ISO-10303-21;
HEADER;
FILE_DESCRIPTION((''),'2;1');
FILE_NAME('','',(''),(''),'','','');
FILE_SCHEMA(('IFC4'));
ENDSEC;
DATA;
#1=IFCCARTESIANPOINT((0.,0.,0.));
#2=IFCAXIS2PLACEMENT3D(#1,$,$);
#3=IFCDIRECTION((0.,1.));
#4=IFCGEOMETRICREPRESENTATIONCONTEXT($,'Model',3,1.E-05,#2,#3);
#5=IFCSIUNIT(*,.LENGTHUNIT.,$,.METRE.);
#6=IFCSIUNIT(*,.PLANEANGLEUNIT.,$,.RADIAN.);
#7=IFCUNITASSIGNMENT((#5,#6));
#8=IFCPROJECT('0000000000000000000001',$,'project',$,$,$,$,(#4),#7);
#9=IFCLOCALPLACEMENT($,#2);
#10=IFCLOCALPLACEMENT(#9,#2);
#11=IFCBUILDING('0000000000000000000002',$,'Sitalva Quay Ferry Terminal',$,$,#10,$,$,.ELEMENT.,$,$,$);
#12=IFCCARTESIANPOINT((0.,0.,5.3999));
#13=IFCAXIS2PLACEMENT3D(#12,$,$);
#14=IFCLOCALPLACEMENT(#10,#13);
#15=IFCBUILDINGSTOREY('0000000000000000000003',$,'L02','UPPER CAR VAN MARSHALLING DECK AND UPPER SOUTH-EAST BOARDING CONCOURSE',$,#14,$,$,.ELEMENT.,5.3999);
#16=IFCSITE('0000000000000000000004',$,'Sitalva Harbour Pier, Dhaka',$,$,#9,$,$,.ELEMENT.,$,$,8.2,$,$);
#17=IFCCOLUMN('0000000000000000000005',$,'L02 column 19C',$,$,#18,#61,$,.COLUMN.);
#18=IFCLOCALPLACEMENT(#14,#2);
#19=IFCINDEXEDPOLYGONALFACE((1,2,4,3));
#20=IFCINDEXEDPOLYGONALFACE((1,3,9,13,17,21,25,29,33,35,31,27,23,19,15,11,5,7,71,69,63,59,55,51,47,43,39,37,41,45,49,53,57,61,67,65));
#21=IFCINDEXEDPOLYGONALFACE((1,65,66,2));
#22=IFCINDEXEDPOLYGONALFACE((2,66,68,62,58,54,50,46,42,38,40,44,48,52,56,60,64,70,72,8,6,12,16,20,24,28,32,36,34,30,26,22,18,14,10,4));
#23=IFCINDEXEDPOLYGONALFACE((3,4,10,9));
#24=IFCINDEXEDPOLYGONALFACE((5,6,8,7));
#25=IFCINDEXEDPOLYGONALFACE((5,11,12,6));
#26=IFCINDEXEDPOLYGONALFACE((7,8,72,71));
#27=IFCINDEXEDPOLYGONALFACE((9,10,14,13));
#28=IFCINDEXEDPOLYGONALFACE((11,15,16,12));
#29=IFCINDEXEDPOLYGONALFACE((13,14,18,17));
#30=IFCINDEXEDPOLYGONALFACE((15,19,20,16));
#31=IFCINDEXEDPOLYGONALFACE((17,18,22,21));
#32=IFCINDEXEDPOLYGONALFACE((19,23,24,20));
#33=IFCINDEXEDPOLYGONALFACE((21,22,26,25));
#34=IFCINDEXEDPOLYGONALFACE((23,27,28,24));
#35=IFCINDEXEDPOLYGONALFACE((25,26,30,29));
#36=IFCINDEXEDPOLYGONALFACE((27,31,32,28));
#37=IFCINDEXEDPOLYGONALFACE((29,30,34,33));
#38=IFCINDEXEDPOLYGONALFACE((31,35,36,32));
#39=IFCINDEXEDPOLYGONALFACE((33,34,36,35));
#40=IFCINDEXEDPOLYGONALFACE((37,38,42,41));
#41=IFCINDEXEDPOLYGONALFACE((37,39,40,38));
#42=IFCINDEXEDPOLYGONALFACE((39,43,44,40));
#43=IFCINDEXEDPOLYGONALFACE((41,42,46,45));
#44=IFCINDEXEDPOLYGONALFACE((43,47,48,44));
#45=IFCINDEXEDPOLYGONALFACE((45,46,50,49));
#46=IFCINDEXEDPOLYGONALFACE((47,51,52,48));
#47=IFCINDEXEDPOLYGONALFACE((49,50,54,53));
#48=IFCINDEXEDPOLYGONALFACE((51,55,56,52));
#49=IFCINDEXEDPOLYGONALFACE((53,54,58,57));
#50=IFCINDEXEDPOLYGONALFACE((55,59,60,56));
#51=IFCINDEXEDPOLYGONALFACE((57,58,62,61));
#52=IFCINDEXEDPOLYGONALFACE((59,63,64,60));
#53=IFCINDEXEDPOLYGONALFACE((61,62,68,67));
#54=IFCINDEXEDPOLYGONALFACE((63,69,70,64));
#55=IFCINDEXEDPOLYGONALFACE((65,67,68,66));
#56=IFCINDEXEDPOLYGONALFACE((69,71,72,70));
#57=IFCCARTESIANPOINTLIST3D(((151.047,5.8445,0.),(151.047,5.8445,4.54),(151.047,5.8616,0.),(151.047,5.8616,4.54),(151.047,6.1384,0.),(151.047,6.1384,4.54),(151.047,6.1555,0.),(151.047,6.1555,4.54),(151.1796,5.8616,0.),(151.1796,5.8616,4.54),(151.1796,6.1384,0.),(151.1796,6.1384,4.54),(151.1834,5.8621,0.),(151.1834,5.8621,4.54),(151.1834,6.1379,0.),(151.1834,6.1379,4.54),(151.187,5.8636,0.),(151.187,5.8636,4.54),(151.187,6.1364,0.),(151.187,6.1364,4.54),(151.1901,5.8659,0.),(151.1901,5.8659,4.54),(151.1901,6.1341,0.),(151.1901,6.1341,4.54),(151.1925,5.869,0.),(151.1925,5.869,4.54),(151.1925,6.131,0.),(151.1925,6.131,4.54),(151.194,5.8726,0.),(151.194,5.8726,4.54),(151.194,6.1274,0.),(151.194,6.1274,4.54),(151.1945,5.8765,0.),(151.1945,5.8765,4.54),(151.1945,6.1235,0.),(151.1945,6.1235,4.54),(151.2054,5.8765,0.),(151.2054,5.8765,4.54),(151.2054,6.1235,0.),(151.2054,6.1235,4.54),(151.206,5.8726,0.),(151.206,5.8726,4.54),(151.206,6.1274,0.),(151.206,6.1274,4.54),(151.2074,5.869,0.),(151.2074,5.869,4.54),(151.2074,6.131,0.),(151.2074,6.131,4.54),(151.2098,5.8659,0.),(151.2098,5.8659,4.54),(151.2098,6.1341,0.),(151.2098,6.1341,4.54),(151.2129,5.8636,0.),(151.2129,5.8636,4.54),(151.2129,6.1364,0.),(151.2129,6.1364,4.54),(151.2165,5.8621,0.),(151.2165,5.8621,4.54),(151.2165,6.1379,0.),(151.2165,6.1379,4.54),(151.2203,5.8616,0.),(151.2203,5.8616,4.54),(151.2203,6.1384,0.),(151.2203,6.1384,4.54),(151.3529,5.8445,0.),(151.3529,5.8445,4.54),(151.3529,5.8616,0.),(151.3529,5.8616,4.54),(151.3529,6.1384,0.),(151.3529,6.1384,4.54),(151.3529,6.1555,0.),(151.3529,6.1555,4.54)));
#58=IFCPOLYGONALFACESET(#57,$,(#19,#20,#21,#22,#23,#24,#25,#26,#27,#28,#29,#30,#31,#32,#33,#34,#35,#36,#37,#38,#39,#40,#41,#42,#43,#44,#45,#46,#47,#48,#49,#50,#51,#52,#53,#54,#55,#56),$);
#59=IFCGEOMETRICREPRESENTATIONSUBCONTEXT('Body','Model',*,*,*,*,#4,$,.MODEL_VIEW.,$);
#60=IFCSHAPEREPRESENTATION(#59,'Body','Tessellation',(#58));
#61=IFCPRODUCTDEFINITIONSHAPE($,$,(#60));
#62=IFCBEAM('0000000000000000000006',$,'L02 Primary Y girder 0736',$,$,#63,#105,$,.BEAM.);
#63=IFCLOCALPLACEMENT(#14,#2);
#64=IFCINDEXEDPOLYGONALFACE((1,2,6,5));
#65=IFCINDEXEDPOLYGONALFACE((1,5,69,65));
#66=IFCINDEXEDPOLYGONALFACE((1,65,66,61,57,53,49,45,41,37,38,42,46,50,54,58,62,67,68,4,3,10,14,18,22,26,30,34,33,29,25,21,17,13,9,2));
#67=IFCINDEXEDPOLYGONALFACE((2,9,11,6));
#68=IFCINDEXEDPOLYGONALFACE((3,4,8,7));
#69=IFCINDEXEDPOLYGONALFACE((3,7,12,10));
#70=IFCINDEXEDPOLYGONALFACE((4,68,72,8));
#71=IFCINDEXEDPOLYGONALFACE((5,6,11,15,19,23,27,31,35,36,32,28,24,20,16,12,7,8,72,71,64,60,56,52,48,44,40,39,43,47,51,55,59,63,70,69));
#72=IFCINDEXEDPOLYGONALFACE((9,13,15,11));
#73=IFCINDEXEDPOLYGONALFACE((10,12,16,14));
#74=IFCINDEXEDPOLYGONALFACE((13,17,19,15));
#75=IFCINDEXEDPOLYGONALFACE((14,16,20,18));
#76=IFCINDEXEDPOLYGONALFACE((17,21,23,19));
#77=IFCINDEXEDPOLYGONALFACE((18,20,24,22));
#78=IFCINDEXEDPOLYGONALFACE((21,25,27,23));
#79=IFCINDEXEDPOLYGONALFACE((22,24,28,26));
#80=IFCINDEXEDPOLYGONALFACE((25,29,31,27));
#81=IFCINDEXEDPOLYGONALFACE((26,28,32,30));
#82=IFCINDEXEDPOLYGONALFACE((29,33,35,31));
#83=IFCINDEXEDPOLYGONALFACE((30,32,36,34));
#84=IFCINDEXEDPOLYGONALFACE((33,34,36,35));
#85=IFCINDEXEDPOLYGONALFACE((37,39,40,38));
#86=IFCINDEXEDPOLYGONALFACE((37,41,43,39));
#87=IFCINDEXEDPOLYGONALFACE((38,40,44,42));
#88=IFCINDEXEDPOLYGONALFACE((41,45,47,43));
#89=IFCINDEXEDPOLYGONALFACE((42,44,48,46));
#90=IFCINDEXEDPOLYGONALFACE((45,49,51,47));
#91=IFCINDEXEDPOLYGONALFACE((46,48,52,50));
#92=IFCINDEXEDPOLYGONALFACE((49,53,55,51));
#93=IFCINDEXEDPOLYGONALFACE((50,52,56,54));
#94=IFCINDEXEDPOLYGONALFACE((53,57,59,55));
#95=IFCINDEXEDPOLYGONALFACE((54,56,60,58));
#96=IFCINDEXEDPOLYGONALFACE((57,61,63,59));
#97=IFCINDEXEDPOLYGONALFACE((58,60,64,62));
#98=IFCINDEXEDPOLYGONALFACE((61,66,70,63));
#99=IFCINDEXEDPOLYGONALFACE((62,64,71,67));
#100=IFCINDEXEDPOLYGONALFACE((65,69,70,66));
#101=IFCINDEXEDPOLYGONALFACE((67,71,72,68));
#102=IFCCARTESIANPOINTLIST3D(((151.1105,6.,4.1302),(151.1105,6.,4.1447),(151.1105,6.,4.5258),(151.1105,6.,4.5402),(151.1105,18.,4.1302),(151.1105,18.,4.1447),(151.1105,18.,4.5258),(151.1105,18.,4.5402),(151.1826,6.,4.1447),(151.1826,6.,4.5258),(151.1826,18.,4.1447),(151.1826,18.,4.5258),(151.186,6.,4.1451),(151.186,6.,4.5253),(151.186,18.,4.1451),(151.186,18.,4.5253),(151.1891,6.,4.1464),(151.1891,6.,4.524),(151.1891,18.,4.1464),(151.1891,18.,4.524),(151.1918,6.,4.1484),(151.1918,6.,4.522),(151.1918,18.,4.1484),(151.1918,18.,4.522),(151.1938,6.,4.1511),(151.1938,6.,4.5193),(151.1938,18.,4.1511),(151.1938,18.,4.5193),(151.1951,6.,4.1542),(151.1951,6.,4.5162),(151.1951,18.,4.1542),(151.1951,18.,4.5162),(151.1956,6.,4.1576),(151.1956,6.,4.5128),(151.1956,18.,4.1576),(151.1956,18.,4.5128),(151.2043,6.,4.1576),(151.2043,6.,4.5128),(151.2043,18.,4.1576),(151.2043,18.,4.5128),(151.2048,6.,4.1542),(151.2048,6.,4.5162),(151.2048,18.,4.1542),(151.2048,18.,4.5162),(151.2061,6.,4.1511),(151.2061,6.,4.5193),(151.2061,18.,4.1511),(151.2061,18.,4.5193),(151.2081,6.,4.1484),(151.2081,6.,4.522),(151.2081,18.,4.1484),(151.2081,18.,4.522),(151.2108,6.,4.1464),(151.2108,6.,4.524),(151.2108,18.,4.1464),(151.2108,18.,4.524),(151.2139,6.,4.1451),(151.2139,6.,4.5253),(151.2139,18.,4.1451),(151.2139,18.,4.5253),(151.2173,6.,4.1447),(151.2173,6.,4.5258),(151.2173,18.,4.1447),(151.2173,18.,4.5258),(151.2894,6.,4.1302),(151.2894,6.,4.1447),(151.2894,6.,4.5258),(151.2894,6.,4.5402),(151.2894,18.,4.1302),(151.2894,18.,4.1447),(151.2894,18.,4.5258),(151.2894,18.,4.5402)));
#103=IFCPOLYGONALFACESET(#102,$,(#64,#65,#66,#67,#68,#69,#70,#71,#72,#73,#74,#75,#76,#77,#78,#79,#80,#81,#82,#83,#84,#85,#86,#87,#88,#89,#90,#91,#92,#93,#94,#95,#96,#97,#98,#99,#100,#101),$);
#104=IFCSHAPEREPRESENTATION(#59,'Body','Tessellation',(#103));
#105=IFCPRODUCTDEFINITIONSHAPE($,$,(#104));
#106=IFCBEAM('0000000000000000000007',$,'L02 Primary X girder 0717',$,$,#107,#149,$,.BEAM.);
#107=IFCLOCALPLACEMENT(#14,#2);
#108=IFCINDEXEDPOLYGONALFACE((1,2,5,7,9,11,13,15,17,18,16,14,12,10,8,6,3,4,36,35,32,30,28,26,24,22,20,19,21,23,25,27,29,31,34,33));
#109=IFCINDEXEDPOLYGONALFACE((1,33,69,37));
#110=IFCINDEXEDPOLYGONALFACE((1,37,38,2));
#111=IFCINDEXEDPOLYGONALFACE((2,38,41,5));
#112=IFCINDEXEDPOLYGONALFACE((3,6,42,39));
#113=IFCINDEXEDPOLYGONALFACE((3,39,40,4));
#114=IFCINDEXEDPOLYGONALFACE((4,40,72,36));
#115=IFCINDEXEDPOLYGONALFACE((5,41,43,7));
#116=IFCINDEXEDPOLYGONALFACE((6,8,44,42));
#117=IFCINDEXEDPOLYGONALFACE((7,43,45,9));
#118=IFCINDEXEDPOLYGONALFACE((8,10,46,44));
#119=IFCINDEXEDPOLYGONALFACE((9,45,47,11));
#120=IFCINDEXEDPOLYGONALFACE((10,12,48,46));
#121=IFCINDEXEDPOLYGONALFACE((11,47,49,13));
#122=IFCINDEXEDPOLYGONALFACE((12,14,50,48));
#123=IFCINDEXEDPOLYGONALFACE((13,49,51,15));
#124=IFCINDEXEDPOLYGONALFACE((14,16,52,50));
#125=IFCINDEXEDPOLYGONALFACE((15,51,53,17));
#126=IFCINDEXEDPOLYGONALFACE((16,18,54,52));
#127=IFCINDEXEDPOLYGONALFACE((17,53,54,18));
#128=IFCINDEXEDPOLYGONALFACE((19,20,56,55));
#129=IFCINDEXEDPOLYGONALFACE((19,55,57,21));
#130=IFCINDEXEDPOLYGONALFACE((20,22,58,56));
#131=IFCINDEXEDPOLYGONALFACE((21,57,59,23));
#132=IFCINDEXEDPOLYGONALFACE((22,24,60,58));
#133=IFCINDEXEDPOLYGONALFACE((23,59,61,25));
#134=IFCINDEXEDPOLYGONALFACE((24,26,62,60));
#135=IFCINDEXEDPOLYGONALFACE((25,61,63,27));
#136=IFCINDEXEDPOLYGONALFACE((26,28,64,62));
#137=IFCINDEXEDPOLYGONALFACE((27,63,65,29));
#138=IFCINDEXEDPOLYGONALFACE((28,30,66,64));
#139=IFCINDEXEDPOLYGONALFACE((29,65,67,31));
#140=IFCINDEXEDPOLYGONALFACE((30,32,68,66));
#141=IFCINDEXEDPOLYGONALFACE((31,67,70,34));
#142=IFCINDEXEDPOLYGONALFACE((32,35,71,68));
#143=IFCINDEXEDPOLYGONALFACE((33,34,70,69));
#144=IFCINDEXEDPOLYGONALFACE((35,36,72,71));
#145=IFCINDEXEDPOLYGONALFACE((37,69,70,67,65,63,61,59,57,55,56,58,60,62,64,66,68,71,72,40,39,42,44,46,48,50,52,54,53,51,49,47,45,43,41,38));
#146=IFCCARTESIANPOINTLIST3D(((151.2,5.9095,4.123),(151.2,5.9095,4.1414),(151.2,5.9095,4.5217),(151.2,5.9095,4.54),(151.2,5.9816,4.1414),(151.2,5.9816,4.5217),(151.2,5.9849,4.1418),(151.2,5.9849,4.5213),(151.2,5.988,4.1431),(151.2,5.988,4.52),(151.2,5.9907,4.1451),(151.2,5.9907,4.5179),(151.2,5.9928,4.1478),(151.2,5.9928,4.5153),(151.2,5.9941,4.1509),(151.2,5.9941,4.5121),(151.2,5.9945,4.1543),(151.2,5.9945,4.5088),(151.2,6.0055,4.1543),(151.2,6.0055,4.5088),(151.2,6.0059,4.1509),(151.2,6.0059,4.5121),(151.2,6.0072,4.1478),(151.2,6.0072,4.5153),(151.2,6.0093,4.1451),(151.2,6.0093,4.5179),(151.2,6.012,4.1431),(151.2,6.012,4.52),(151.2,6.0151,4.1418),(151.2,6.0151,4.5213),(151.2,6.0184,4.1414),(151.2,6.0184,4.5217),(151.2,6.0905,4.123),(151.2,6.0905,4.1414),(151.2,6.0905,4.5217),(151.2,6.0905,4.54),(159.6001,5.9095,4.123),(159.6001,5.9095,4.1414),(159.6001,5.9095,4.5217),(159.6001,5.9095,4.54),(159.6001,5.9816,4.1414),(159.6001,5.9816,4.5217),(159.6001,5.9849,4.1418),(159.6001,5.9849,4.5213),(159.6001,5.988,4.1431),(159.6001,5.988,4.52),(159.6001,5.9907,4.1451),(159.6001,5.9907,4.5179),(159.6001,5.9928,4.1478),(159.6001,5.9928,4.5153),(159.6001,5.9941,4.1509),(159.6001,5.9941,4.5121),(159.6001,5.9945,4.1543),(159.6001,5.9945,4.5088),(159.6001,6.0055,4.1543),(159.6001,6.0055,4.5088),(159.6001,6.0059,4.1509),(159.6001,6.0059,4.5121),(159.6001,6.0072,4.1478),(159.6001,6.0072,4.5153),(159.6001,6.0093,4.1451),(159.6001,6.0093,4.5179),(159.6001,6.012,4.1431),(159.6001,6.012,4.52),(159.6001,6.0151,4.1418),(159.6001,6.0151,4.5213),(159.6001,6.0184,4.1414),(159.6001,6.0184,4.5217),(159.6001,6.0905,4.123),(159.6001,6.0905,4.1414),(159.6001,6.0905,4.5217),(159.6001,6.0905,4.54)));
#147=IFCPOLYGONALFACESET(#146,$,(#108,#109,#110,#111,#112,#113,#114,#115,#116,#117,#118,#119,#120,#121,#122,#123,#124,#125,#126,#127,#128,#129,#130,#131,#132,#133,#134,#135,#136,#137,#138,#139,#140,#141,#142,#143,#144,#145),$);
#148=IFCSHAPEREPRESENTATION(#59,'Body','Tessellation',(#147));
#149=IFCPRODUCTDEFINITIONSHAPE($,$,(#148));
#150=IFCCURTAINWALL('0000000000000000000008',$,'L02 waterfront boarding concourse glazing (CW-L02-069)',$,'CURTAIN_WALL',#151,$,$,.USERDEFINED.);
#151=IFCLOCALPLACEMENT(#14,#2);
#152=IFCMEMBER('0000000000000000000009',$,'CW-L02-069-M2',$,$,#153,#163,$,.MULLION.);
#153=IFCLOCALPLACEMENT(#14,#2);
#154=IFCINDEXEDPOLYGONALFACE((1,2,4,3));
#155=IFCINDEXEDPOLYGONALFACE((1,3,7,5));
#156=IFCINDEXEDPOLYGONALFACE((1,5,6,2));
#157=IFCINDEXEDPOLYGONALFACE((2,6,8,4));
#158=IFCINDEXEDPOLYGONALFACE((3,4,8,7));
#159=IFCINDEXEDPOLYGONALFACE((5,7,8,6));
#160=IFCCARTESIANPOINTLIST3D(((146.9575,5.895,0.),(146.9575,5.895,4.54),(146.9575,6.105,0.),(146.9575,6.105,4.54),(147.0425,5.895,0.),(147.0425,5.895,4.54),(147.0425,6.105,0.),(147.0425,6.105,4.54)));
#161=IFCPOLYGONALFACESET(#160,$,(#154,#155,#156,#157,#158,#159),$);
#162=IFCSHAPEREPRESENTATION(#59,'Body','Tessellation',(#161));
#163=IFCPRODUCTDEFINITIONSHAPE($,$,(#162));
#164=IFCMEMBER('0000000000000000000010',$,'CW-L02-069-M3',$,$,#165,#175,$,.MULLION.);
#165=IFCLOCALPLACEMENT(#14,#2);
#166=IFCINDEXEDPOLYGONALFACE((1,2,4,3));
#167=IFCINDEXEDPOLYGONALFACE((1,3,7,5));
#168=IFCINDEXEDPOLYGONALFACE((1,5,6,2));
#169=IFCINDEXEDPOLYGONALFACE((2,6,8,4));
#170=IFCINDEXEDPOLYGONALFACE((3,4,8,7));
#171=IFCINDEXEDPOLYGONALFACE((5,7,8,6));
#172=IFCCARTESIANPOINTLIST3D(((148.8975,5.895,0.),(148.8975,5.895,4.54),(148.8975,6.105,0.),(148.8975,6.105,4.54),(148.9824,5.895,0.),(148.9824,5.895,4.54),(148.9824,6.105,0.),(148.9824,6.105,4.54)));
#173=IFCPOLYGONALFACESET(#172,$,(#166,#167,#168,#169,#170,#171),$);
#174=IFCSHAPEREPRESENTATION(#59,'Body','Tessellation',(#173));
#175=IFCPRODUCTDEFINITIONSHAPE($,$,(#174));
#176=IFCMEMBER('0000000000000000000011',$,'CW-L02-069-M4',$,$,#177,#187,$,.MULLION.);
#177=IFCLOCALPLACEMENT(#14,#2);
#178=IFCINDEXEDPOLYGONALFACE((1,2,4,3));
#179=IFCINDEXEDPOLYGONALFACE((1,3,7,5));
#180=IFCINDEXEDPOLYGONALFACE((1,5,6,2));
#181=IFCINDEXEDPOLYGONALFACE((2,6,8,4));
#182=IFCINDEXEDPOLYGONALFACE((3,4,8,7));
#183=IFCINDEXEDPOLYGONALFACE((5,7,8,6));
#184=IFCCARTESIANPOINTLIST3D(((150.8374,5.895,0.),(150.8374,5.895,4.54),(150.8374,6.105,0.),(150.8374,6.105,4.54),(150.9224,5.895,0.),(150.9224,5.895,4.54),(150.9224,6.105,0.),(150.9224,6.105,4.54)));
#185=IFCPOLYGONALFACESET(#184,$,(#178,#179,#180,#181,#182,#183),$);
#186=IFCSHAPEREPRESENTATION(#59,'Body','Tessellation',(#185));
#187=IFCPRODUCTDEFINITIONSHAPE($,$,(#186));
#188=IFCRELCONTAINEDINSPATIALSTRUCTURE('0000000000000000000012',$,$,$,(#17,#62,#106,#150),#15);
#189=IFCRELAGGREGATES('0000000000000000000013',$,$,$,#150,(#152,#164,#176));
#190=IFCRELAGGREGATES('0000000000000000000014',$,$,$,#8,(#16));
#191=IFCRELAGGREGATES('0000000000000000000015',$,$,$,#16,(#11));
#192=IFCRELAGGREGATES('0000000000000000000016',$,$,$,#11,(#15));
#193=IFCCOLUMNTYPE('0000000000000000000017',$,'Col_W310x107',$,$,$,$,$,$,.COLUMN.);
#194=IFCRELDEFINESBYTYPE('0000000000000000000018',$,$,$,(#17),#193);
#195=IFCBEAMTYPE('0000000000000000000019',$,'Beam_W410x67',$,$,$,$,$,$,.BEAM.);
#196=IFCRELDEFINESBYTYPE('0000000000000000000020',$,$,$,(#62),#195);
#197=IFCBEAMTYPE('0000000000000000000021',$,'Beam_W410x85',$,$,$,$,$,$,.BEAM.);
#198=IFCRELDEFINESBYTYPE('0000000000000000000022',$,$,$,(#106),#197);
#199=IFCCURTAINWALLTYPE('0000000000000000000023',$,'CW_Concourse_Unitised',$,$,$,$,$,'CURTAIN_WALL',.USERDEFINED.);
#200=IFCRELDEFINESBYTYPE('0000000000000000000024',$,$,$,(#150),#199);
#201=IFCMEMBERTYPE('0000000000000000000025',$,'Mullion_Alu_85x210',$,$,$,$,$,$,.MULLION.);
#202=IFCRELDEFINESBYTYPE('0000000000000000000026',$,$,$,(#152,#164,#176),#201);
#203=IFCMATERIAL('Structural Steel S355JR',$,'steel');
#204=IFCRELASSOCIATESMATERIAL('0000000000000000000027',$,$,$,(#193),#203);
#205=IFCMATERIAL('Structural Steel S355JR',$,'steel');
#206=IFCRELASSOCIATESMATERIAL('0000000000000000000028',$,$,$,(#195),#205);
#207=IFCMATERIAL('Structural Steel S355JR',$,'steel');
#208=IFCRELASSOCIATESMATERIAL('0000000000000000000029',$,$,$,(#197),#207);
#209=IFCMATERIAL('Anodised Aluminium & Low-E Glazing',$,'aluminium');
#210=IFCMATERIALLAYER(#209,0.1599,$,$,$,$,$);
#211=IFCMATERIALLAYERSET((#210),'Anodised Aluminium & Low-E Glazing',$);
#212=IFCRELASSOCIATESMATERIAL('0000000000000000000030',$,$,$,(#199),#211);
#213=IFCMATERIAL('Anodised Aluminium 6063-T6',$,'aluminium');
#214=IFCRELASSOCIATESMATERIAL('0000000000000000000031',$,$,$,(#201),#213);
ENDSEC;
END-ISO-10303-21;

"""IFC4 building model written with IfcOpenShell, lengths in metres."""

from ifc_helpers import new_model, si_unit, direction, frame, origin, origin_2d, place, context, subcontext, project, spatial, rectangle, i_section, extrude, material, layer, layer_set, material_profile, profile_set, type_object, element, aggregate, save


model = new_model("IFC4")

# Units and contexts
model_context = context("Model", 3, precision=1e-05, world=origin(), true_north=direction((0.0, 1.0)))
body_context = subcontext(model_context, "Body", "Model", "MODEL_VIEW")
ifc_project = project(units=[si_unit("LENGTHUNIT", "METRE"), si_unit("PLANEANGLEUNIT", "RADIAN")], contexts=[model_context])

# Site, building, storey
site_placement = place(None, origin())
site = spatial("IfcSite", under=ifc_project, at=site_placement, Name="Sitalva Harbour Pier, Dhaka", CompositionType="ELEMENT", RefElevation=8.2)
building_placement = place(site_placement, origin())
building = spatial("IfcBuilding", under=site, at=building_placement, Name="Sitalva Quay Ferry Terminal", CompositionType="ELEMENT")
storey_placement = place(building_placement, frame((0.0, 0.0, 5.3999)))
storey = spatial("IfcBuildingStorey", under=building, at=storey_placement, Name="L02", Description="UPPER CAR VAN MARSHALLING DECK AND UPPER SOUTH-EAST BOARDING CONCOURSE", CompositionType="ELEMENT", Elevation=5.3999)

# Column
ifc_material_1 = material(Name="Structural Steel S355JR", Category="steel")
ifc_material_profile_1 = material_profile(ifc_material_1, i_section(OverallWidth=0.3059, OverallDepth=0.311, WebThickness=0.011, FlangeThickness=0.0171, FilletRadius=0.0149, at=origin_2d()), Name="W310x107")
ifc_profile_set_1 = profile_set([ifc_material_profile_1], Name="Structural Steel S355JR")
column_type = type_object("IfcColumnType", Name="Col_W310x107", PredefinedType="COLUMN", material=ifc_profile_set_1)
column_placement = place(storey_placement, frame((151.2, 6.0, 0.0), z_axis=(0.0, 0.0, 1.0), x_axis=(1.0, 0.0, 0.0)))
element("IfcColumn", 1, at=column_placement, inside=storey, type_object=column_type, Name="L02 column 19C", PredefinedType="COLUMN", context=body_context, shape_type="SweptSolid", body=[
    extrude(i_section(OverallWidth=0.3059, OverallDepth=0.311, WebThickness=0.011, FlangeThickness=0.0171, FilletRadius=0.0149, at=origin_2d()), origin(), (0.0, 0.0, 1.0), 4.54),
])

# Beams
ifc_material_2 = material(Name="Structural Steel S355JR", Category="steel")
ifc_material_profile_2 = material_profile(ifc_material_2, i_section(OverallWidth=0.179, OverallDepth=0.4099, WebThickness=0.0088, FlangeThickness=0.0144, FilletRadius=0.0129, at=origin_2d()), Name="W410x67")
ifc_profile_set_2 = profile_set([ifc_material_profile_2], Name="Structural Steel S355JR")
beam_type_1 = type_object("IfcBeamType", Name="Beam_W410x67", PredefinedType="BEAM", material=ifc_profile_set_2)
beam_1_placement = place(storey_placement, frame((151.2, 6.0, 4.3352), z_axis=(0.0, 1.0, 0.0), x_axis=(-1.0, 0.0, 0.0)))
element("IfcBeam", 2, at=beam_1_placement, inside=storey, type_object=beam_type_1, Name="L02 Primary Y girder 0736", PredefinedType="BEAM", context=body_context, shape_type="SweptSolid", body=[
    extrude(i_section(OverallWidth=0.179, OverallDepth=0.4099, WebThickness=0.0088, FlangeThickness=0.0144, FilletRadius=0.0129, at=origin_2d()), origin(), (0.0, 0.0, 1.0), 12.0),
])
ifc_material_3 = material(Name="Structural Steel S355JR", Category="steel")
ifc_material_profile_3 = material_profile(ifc_material_3, i_section(OverallWidth=0.1809, OverallDepth=0.417, WebThickness=0.011, FlangeThickness=0.0183, FilletRadius=0.0129, at=origin_2d()), Name="W410x85")
ifc_profile_set_3 = profile_set([ifc_material_profile_3], Name="Structural Steel S355JR")
beam_type_2 = type_object("IfcBeamType", Name="Beam_W410x85", PredefinedType="BEAM", material=ifc_profile_set_3)
beam_2_placement = place(storey_placement, frame((151.2, 6.0, 4.3315), z_axis=(1.0, 0.0, 0.0), x_axis=(0.0, 1.0, 0.0)))
element("IfcBeam", 3, at=beam_2_placement, inside=storey, type_object=beam_type_2, Name="L02 Primary X girder 0717", PredefinedType="BEAM", context=body_context, shape_type="SweptSolid", body=[
    extrude(i_section(OverallWidth=0.1809, OverallDepth=0.417, WebThickness=0.011, FlangeThickness=0.0183, FilletRadius=0.0129, at=origin_2d()), origin(), (0.0, 0.0, 1.0), 8.4001),
])

# Curtain wall, members
ifc_material_4 = material(Name="Anodised Aluminium & Low-E Glazing", Category="aluminium")
ifc_layer_1 = layer(ifc_material_4, 0.1599)
ifc_layer_set_1 = layer_set([ifc_layer_1], Name="Anodised Aluminium & Low-E Glazing")
curtain_wall_type = type_object("IfcCurtainWallType", Name="CW_Concourse_Unitised", ElementType="CURTAIN_WALL", PredefinedType="USERDEFINED", material=ifc_layer_set_1)
curtain_wall_1_placement = place(storey_placement, origin())
curtain_wall_1 = element("IfcCurtainWall", 4, at=curtain_wall_1_placement, inside=storey, type_object=curtain_wall_type, Name="L02 waterfront boarding concourse glazing (CW-L02-069)", ObjectType="CURTAIN_WALL", PredefinedType="USERDEFINED")
ifc_material_5 = material(Name="Anodised Aluminium 6063-T6", Category="aluminium")
ifc_material_profile_4 = material_profile(ifc_material_5, rectangle(XDim=0.085, YDim=0.21, at=origin_2d()), Name="ALU85x210")
ifc_profile_set_4 = profile_set([ifc_material_profile_4], Name="Anodised Aluminium 6063-T6")
member_type_1 = type_object("IfcMemberType", Name="Mullion_Alu_85x210", PredefinedType="MULLION", material=ifc_profile_set_4)
member_1_placement = place(storey_placement, frame((147.0, 6.0, 0.0), z_axis=(0.0, 0.0, 1.0), x_axis=(1.0, 0.0, 0.0)))
member_1 = element("IfcMember", 5, at=member_1_placement, type_object=member_type_1, Name="CW-L02-069-M2", PredefinedType="MULLION", context=body_context, shape_type="SweptSolid", body=[
    extrude(rectangle(XDim=0.085, YDim=0.21, at=origin_2d()), origin(), (0.0, 0.0, 1.0), 4.54),
])
member_2_placement = place(storey_placement, frame((148.9399, 6.0, 0.0), z_axis=(0.0, 0.0, 1.0), x_axis=(1.0, 0.0, 0.0)))
member_2 = element("IfcMember", 6, at=member_2_placement, type_object=member_type_1, Name="CW-L02-069-M3", PredefinedType="MULLION", context=body_context, shape_type="SweptSolid", body=[
    extrude(rectangle(XDim=0.085, YDim=0.21, at=origin_2d()), origin(), (0.0, 0.0, 1.0), 4.54),
])
member_3_placement = place(storey_placement, frame((150.8799, 6.0, 0.0), z_axis=(0.0, 0.0, 1.0), x_axis=(1.0, 0.0, 0.0)))
member_3 = element("IfcMember", 7, at=member_3_placement, type_object=member_type_1, Name="CW-L02-069-M4", PredefinedType="MULLION", context=body_context, shape_type="SweptSolid", body=[
    extrude(rectangle(XDim=0.085, YDim=0.21, at=origin_2d()), origin(), (0.0, 0.0, 1.0), 4.54),
])

aggregate(curtain_wall_1, [member_1, member_2, member_3])

save(model, "model.ifc")
